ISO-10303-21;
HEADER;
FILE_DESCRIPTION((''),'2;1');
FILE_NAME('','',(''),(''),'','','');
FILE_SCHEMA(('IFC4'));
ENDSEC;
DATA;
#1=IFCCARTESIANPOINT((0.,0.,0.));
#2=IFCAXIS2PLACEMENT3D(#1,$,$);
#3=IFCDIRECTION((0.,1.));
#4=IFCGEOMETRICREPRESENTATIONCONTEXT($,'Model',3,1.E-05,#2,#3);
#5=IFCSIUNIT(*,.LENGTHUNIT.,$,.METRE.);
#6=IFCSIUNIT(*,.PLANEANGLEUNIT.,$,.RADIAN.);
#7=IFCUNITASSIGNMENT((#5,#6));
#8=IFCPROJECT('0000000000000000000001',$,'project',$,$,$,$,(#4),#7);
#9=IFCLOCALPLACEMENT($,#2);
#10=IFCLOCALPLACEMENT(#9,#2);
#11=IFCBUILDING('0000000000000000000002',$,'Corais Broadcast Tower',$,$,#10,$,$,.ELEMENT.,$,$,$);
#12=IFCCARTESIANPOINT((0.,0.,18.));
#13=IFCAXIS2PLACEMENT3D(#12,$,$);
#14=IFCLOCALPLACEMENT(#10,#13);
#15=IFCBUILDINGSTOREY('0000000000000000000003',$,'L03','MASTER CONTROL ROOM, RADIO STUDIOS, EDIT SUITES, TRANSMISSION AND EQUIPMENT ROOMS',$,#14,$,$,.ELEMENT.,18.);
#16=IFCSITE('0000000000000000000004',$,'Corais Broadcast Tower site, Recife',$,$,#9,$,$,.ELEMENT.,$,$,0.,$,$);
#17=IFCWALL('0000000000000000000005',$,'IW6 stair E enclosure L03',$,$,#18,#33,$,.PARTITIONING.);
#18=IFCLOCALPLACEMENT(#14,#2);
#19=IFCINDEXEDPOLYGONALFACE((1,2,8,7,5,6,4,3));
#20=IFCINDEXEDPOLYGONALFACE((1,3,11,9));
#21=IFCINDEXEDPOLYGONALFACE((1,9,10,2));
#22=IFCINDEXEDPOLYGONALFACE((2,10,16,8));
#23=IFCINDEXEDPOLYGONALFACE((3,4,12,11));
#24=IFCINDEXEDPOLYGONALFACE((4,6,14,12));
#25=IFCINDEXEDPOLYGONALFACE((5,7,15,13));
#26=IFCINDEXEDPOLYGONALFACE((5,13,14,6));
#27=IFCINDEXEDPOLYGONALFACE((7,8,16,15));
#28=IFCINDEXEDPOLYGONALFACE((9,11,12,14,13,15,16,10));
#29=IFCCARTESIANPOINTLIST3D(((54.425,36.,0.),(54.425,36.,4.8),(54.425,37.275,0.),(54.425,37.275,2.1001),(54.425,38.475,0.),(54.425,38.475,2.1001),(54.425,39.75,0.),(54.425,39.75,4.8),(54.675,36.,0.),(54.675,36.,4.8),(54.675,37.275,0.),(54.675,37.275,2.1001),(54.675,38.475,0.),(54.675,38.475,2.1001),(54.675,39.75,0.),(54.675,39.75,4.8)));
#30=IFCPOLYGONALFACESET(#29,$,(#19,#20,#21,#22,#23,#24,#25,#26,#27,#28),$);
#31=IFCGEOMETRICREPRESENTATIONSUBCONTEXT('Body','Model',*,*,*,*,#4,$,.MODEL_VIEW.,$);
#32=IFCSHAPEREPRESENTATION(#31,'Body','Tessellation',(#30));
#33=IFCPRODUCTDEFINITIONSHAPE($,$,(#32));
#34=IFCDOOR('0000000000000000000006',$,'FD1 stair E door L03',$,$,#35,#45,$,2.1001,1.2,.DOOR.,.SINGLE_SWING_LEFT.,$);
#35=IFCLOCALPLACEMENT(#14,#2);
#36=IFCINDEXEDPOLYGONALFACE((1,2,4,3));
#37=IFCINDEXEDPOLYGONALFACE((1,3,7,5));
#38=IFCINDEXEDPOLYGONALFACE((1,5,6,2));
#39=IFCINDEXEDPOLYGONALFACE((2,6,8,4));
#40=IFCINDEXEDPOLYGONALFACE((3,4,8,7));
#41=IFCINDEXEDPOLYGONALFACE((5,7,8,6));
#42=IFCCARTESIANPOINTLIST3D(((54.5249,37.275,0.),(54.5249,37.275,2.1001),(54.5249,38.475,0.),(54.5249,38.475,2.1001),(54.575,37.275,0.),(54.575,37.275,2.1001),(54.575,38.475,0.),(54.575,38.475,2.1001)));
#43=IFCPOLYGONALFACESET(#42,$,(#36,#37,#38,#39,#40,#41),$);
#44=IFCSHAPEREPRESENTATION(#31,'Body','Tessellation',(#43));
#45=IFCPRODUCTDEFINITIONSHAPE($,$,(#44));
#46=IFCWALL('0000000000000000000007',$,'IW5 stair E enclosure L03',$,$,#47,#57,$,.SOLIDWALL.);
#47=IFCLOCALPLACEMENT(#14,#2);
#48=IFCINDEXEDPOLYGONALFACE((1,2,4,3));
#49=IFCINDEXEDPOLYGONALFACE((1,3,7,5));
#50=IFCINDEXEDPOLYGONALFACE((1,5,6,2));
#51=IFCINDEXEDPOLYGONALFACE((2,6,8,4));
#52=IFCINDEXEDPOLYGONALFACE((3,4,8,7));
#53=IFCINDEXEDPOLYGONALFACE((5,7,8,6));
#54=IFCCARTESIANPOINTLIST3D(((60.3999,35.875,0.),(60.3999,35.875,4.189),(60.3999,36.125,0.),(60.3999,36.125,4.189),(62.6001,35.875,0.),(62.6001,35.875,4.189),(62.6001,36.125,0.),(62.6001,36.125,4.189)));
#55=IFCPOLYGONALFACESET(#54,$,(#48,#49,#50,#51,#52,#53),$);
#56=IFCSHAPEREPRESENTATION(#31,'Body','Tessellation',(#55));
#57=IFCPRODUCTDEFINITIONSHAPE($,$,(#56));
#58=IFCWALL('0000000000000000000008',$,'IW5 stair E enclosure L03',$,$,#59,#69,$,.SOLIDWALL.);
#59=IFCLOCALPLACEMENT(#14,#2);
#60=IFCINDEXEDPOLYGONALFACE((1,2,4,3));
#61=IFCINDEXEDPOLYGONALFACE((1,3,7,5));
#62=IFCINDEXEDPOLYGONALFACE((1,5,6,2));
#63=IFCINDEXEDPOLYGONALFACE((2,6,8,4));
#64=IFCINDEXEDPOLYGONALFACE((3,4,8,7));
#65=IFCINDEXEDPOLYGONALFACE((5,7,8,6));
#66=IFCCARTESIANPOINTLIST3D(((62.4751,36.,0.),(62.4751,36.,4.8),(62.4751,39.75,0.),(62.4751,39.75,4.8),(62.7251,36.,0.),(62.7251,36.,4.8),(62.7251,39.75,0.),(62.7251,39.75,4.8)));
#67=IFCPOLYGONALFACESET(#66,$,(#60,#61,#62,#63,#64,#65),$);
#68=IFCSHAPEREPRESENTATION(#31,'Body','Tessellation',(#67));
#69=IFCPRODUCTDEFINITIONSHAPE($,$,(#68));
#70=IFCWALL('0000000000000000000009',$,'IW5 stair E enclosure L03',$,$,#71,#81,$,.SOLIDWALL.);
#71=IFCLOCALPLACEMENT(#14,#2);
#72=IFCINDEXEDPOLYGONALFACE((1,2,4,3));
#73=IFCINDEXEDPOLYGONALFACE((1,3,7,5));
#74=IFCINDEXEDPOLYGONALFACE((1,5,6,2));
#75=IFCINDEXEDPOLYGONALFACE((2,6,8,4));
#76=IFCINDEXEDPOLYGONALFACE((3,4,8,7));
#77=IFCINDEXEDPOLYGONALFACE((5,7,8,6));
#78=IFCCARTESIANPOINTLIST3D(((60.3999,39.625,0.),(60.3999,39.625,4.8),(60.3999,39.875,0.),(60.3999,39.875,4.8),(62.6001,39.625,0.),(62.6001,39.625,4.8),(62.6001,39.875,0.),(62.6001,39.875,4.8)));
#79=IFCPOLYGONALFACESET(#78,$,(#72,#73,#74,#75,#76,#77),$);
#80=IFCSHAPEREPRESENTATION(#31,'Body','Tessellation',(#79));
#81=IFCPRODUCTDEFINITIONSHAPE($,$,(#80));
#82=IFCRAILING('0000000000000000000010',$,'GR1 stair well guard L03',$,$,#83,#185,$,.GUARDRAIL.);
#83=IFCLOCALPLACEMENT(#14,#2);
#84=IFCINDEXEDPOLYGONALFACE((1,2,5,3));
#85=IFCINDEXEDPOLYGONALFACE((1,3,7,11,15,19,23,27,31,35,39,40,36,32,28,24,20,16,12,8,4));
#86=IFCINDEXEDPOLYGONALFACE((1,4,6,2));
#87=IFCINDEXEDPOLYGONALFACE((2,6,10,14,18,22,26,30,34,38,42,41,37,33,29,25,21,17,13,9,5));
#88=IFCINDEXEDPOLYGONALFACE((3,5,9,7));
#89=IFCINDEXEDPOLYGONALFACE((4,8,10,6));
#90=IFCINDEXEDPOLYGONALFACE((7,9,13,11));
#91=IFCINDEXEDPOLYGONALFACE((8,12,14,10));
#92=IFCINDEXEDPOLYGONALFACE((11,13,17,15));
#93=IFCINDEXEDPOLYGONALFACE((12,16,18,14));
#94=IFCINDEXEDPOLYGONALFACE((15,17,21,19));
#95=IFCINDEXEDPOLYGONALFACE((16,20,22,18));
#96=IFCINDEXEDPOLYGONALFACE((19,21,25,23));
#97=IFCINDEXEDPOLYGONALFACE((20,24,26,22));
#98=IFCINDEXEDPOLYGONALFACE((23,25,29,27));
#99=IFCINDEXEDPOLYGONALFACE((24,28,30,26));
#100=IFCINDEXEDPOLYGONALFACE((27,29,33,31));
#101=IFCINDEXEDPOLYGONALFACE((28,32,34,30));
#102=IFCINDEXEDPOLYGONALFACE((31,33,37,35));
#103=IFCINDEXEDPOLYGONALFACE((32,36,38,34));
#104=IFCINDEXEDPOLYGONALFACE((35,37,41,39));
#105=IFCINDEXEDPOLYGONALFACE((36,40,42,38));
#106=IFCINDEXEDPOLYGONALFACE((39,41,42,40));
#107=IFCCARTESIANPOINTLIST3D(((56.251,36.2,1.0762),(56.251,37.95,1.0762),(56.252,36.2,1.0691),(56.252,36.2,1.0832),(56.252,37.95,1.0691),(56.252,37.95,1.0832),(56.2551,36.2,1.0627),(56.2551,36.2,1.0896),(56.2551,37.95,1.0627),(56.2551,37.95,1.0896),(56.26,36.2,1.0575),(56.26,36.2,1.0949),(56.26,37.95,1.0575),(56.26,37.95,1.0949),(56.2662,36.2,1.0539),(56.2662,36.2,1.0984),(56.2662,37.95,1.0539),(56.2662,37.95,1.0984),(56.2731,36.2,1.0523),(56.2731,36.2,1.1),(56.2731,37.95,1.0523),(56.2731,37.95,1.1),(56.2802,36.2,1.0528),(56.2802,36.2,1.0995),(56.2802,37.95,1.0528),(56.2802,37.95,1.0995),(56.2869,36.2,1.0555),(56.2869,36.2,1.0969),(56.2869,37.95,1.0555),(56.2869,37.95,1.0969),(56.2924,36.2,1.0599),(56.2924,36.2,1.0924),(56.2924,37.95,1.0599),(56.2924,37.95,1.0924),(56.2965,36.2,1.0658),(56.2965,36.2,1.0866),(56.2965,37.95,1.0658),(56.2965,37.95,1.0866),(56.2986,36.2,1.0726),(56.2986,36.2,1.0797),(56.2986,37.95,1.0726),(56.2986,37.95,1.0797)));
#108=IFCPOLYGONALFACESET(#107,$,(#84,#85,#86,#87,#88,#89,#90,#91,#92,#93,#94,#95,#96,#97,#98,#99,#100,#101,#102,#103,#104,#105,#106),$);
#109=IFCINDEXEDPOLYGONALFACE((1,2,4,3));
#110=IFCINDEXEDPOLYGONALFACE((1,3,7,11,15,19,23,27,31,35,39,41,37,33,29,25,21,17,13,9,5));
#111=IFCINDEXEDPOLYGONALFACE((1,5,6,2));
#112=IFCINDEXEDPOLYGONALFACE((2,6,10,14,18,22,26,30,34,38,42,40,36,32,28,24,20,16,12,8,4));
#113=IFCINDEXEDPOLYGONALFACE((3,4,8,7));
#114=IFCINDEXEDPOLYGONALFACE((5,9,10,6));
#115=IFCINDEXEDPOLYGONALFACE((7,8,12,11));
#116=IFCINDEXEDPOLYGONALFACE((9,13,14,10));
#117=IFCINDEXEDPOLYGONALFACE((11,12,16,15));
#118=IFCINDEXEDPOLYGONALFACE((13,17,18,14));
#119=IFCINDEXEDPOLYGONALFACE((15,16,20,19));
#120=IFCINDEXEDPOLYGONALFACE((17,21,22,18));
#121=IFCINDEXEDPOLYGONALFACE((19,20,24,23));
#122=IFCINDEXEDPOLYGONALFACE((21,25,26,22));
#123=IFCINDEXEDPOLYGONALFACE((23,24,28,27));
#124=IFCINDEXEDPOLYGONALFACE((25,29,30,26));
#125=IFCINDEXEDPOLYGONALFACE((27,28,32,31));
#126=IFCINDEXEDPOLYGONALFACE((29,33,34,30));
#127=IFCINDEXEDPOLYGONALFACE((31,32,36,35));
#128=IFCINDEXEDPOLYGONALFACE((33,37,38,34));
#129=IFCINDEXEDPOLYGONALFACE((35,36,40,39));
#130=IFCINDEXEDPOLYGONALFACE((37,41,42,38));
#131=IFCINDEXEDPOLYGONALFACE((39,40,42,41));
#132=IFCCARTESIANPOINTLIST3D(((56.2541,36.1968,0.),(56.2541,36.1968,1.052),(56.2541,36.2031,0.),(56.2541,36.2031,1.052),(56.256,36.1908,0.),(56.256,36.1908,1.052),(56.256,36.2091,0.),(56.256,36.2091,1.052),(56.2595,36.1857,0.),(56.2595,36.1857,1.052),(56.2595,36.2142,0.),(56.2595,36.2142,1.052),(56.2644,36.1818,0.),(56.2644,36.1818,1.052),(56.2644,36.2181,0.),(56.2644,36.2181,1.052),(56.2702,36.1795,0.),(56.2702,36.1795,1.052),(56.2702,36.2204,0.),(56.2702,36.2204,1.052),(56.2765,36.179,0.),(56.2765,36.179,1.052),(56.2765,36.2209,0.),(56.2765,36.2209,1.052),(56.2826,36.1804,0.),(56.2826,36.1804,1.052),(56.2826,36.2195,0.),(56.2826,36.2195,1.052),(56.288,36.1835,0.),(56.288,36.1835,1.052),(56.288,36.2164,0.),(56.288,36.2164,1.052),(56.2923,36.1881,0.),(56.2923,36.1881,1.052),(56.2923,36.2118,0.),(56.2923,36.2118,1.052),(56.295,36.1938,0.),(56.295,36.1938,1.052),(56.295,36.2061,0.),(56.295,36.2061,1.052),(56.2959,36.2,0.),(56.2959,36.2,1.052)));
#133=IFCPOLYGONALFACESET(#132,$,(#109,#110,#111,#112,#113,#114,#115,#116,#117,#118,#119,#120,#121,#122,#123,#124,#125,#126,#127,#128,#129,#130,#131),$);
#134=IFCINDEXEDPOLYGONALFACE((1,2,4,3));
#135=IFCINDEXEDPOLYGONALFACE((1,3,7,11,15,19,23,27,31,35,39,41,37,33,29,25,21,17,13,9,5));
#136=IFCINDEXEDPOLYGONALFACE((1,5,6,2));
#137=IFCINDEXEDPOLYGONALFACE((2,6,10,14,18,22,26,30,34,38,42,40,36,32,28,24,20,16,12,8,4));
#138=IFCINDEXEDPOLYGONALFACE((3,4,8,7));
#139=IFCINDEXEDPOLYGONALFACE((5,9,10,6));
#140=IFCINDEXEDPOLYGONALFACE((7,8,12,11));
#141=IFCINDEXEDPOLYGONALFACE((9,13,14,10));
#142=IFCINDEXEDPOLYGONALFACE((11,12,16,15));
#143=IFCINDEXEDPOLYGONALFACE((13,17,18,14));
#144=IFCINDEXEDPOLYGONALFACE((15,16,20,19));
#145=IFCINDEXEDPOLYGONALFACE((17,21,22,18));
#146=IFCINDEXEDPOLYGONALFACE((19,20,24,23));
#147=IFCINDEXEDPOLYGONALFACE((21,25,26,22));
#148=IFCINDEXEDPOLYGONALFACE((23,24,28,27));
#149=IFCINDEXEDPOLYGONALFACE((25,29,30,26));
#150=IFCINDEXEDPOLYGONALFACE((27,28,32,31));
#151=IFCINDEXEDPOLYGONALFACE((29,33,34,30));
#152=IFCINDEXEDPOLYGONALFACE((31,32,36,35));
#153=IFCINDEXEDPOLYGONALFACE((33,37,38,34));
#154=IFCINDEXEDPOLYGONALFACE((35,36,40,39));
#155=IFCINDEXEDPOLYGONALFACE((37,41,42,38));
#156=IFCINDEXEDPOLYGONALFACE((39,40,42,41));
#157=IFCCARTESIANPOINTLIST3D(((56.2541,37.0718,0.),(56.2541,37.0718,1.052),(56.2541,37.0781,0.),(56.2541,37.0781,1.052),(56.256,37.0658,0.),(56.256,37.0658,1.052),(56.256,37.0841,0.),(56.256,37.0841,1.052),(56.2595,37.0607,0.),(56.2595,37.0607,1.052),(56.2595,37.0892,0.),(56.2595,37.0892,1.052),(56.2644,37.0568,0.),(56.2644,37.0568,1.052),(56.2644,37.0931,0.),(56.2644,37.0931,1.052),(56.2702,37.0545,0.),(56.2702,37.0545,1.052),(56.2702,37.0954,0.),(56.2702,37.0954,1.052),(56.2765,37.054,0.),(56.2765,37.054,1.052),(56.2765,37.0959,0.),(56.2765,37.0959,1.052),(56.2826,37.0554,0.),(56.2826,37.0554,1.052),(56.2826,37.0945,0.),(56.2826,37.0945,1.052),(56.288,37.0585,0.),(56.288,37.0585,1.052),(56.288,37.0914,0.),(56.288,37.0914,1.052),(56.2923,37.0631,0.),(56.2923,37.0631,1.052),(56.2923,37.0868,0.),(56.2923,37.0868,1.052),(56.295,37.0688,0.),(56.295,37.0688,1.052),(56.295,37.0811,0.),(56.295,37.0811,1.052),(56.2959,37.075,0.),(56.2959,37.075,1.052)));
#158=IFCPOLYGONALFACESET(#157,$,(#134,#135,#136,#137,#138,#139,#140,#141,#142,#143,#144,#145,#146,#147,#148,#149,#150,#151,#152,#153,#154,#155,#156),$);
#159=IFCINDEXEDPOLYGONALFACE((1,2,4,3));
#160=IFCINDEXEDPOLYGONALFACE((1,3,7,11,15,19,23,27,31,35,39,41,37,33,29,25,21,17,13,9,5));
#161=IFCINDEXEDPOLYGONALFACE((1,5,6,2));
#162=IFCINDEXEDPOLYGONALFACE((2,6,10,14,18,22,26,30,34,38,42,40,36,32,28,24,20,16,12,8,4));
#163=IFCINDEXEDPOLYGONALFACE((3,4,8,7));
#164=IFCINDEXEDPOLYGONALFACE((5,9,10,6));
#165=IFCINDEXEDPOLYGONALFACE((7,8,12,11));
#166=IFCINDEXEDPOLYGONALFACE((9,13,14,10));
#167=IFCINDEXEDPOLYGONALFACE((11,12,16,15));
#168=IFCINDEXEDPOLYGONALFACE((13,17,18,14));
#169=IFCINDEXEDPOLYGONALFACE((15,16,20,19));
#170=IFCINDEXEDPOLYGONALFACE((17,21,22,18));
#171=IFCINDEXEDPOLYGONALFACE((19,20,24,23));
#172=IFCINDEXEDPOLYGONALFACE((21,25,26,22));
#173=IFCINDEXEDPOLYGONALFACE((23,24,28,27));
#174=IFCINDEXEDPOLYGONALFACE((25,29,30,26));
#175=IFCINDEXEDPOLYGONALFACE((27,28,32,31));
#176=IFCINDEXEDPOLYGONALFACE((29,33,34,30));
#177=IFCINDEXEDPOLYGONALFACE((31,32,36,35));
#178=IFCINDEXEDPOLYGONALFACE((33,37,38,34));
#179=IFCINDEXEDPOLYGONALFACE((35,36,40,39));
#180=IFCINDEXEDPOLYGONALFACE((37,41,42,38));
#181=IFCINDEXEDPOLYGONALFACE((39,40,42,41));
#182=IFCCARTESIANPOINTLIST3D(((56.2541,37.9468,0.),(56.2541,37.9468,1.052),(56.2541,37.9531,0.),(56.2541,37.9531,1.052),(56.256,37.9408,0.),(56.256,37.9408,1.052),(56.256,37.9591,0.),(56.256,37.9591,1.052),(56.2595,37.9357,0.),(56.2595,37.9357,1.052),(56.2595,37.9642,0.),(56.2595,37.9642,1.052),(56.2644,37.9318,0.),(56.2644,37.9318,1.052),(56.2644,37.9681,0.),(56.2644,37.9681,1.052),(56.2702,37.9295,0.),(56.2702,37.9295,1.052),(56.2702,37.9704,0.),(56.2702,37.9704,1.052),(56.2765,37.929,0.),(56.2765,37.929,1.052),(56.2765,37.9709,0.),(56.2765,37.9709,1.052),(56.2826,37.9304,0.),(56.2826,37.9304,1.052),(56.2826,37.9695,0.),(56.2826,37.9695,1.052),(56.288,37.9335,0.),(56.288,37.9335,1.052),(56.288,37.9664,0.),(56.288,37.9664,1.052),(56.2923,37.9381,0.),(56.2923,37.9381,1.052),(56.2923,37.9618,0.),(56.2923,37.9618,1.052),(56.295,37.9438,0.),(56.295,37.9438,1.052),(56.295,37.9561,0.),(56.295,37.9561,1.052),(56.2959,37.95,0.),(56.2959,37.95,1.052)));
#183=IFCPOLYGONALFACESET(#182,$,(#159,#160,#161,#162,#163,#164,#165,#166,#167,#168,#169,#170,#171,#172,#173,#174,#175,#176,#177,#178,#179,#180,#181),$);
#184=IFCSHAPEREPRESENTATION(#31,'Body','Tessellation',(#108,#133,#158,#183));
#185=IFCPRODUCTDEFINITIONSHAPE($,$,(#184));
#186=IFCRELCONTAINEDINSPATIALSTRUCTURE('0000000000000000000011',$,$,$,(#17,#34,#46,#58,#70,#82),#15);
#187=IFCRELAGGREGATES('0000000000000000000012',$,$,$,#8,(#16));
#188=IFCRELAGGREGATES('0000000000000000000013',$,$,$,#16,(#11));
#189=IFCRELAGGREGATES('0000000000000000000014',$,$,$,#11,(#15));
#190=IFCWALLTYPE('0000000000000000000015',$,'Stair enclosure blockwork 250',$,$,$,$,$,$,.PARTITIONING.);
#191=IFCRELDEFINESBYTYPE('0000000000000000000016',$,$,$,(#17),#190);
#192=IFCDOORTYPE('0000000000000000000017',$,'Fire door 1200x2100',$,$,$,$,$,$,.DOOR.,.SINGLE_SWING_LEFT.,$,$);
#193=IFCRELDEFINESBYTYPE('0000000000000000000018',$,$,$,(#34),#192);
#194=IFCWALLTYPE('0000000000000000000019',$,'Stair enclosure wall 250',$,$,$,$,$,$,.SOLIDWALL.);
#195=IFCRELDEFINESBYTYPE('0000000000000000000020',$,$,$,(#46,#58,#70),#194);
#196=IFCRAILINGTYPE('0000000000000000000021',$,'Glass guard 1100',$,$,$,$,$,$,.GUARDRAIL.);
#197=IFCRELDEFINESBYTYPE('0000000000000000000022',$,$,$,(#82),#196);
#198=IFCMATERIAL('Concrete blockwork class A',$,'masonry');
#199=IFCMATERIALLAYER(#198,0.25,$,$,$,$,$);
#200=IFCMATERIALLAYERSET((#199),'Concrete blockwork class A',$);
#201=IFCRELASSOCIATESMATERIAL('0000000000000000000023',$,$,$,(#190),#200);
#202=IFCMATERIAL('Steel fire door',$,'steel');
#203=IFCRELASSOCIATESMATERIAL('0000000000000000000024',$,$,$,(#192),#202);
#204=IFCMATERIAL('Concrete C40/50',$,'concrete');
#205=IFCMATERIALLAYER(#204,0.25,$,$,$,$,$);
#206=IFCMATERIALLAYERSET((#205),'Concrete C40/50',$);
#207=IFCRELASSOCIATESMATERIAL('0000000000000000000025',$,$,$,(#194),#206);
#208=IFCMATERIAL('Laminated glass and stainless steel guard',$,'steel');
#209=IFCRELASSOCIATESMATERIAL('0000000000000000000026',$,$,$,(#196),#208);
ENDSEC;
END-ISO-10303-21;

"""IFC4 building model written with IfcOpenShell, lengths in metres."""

from ifc_helpers import new_model, si_unit, direction, frame, frame_2d, origin, origin_2d, place, context, subcontext, project, spatial, rectangle, circle, extrude, material, layer, layer_set, type_object, element, fill, save


model = new_model("IFC4")

# Units and contexts
model_context = context("Model", 3, precision=1e-05, world=origin(), true_north=direction((0.0, 1.0)))
body_context = subcontext(model_context, "Body", "Model", "MODEL_VIEW")
ifc_project = project(units=[si_unit("LENGTHUNIT", "METRE"), si_unit("PLANEANGLEUNIT", "RADIAN")], contexts=[model_context])

# Site, building, storey
site_placement = place(None, origin())
site = spatial("IfcSite", under=ifc_project, at=site_placement, Name="Corais Broadcast Tower site, Recife", CompositionType="ELEMENT", RefElevation=0.0)
building_placement = place(site_placement, origin())
building = spatial("IfcBuilding", under=site, at=building_placement, Name="Corais Broadcast Tower", CompositionType="ELEMENT")
storey_placement = place(building_placement, frame((0.0, 0.0, 18.0)))
storey = spatial("IfcBuildingStorey", under=building, at=storey_placement, Name="L03", Description="MASTER CONTROL ROOM, RADIO STUDIOS, EDIT SUITES, TRANSMISSION AND EQUIPMENT ROOMS", CompositionType="ELEMENT", Elevation=18.0)

# Shared definitions
ifc_material_1 = material(Name="Concrete blockwork class A", Category="masonry")
ifc_layer_1 = layer(ifc_material_1, 0.25)
ifc_layer_set_1 = layer_set([ifc_layer_1], Name="Concrete blockwork class A")
wall_type_1 = type_object("IfcWallType", Name="Stair enclosure blockwork 250", PredefinedType="PARTITIONING", material=ifc_layer_set_1)

# Wall, opening, door
wall_1_placement = place(storey_placement, frame((54.55, 39.75, 0.0), z_axis=(0.0, 0.0, 1.0), x_axis=(0.0, -1.0, 0.0)))
wall_1 = element("IfcWall", 1, at=wall_1_placement, inside=storey, type_object=wall_type_1, Name="IW6 stair E enclosure L03", PredefinedType="PARTITIONING", context=body_context, shape_type="SweptSolid", body=[
    extrude(rectangle(XDim=3.75, YDim=0.25, at=frame_2d((1.875, 0.0))), origin(), (0.0, 0.0, 1.0), 4.8),
])
opening_placement = place(wall_1_placement, frame((1.2749, 0.0, 0.0)))
opening = element("IfcOpeningElement", 2, at=opening_placement, cuts=wall_1, PredefinedType="OPENING", context=body_context, shape_type="SweptSolid", body=[
    extrude(rectangle(XDim=1.2, YDim=2.1001, at=frame_2d((0.6001, 1.05))), frame((0.0, 0.135, 0.0), z_axis=(0.0, -1.0, 0.0), x_axis=(1.0, 0.0, 0.0)), (0.0, 0.0, 1.0), 0.27),
])
ifc_material_2 = material(Name="Steel fire door", Category="steel")
door_type = type_object("IfcDoorType", Name="Fire door 1200x2100", OperationType="SINGLE_SWING_LEFT", PredefinedType="DOOR", material=ifc_material_2)
door_placement = place(opening_placement, origin())
door = element("IfcDoor", 3, at=door_placement, inside=storey, type_object=door_type, Name="FD1 stair E door L03", OperationType="SINGLE_SWING_LEFT", OverallHeight=2.1001, OverallWidth=1.2, PredefinedType="DOOR", context=body_context, shape_type="SweptSolid", body=[
    extrude(rectangle(XDim=1.2, YDim=2.1001, at=frame_2d((0.6001, 1.05))), frame((0.0, 0.0249, 0.0), z_axis=(0.0, -1.0, 0.0), x_axis=(1.0, 0.0, 0.0)), (0.0, 0.0, 1.0), 0.05),
])
fill(opening, door)

# Walls
ifc_material_3 = material(Name="Concrete C40/50", Category="concrete")
ifc_layer_2 = layer(ifc_material_3, 0.25)
ifc_layer_set_2 = layer_set([ifc_layer_2], Name="Concrete C40/50")
wall_type_2 = type_object("IfcWallType", Name="Stair enclosure wall 250", PredefinedType="SOLIDWALL", material=ifc_layer_set_2)
wall_2_placement = place(storey_placement, frame((60.3999, 36.0, 0.0), z_axis=(0.0, 0.0, 1.0), x_axis=(1.0, 0.0, 0.0)))
element("IfcWall", 4, at=wall_2_placement, inside=storey, type_object=wall_type_2, Name="IW5 stair E enclosure L03", PredefinedType="SOLIDWALL", context=body_context, shape_type="SweptSolid", body=[
    extrude(rectangle(XDim=2.2002, YDim=0.25, at=frame_2d((1.1001, 0.0))), origin(), (0.0, 0.0, 1.0), 4.189),
])
wall_3_placement = place(storey_placement, frame((62.6001, 36.0, 0.0), z_axis=(0.0, 0.0, 1.0), x_axis=(0.0, 1.0, 0.0)))
element("IfcWall", 5, at=wall_3_placement, inside=storey, type_object=wall_type_2, Name="IW5 stair E enclosure L03", PredefinedType="SOLIDWALL", context=body_context, shape_type="SweptSolid", body=[
    extrude(rectangle(XDim=3.75, YDim=0.25, at=frame_2d((1.875, 0.0))), origin(), (0.0, 0.0, 1.0), 4.8),
])
wall_4_placement = place(storey_placement, frame((62.6001, 39.75, 0.0), z_axis=(0.0, 0.0, 1.0), x_axis=(-1.0, 0.0, 0.0)))
element("IfcWall", 6, at=wall_4_placement, inside=storey, type_object=wall_type_2, Name="IW5 stair E enclosure L03", PredefinedType="SOLIDWALL", context=body_context, shape_type="SweptSolid", body=[
    extrude(rectangle(XDim=2.2002, YDim=0.25, at=frame_2d((1.1001, 0.0))), origin(), (0.0, 0.0, 1.0), 4.8),
])

# Railing
ifc_material_4 = material(Name="Laminated glass and stainless steel guard", Category="steel")
railing_type = type_object("IfcRailingType", Name="Glass guard 1100", PredefinedType="GUARDRAIL", material=ifc_material_4)
railing_placement = place(storey_placement, frame((56.2749, 36.2, 0.0)))
element("IfcRailing", 7, at=railing_placement, inside=storey, type_object=railing_type, Name="GR1 stair well guard L03", PredefinedType="GUARDRAIL", context=body_context, shape_type="SweptSolid", body=[
    extrude(circle(Radius=0.0239, at=origin_2d()), frame((0.0, 0.0, 1.0762), z_axis=(0.0, 1.0, 0.0), x_axis=(-1.0, 0.0, 0.0)), (0.0, 0.0, 1.0), 1.75),
    extrude(circle(Radius=0.021, at=origin_2d()), origin(), (0.0, 0.0, 1.0), 1.052),
    extrude(circle(Radius=0.021, at=origin_2d()), frame((0.0, 0.875, 0.0)), (0.0, 0.0, 1.0), 1.052),
    extrude(circle(Radius=0.021, at=origin_2d()), frame((0.0, 1.75, 0.0)), (0.0, 0.0, 1.0), 1.052),
])

save(model, "model.ifc")
